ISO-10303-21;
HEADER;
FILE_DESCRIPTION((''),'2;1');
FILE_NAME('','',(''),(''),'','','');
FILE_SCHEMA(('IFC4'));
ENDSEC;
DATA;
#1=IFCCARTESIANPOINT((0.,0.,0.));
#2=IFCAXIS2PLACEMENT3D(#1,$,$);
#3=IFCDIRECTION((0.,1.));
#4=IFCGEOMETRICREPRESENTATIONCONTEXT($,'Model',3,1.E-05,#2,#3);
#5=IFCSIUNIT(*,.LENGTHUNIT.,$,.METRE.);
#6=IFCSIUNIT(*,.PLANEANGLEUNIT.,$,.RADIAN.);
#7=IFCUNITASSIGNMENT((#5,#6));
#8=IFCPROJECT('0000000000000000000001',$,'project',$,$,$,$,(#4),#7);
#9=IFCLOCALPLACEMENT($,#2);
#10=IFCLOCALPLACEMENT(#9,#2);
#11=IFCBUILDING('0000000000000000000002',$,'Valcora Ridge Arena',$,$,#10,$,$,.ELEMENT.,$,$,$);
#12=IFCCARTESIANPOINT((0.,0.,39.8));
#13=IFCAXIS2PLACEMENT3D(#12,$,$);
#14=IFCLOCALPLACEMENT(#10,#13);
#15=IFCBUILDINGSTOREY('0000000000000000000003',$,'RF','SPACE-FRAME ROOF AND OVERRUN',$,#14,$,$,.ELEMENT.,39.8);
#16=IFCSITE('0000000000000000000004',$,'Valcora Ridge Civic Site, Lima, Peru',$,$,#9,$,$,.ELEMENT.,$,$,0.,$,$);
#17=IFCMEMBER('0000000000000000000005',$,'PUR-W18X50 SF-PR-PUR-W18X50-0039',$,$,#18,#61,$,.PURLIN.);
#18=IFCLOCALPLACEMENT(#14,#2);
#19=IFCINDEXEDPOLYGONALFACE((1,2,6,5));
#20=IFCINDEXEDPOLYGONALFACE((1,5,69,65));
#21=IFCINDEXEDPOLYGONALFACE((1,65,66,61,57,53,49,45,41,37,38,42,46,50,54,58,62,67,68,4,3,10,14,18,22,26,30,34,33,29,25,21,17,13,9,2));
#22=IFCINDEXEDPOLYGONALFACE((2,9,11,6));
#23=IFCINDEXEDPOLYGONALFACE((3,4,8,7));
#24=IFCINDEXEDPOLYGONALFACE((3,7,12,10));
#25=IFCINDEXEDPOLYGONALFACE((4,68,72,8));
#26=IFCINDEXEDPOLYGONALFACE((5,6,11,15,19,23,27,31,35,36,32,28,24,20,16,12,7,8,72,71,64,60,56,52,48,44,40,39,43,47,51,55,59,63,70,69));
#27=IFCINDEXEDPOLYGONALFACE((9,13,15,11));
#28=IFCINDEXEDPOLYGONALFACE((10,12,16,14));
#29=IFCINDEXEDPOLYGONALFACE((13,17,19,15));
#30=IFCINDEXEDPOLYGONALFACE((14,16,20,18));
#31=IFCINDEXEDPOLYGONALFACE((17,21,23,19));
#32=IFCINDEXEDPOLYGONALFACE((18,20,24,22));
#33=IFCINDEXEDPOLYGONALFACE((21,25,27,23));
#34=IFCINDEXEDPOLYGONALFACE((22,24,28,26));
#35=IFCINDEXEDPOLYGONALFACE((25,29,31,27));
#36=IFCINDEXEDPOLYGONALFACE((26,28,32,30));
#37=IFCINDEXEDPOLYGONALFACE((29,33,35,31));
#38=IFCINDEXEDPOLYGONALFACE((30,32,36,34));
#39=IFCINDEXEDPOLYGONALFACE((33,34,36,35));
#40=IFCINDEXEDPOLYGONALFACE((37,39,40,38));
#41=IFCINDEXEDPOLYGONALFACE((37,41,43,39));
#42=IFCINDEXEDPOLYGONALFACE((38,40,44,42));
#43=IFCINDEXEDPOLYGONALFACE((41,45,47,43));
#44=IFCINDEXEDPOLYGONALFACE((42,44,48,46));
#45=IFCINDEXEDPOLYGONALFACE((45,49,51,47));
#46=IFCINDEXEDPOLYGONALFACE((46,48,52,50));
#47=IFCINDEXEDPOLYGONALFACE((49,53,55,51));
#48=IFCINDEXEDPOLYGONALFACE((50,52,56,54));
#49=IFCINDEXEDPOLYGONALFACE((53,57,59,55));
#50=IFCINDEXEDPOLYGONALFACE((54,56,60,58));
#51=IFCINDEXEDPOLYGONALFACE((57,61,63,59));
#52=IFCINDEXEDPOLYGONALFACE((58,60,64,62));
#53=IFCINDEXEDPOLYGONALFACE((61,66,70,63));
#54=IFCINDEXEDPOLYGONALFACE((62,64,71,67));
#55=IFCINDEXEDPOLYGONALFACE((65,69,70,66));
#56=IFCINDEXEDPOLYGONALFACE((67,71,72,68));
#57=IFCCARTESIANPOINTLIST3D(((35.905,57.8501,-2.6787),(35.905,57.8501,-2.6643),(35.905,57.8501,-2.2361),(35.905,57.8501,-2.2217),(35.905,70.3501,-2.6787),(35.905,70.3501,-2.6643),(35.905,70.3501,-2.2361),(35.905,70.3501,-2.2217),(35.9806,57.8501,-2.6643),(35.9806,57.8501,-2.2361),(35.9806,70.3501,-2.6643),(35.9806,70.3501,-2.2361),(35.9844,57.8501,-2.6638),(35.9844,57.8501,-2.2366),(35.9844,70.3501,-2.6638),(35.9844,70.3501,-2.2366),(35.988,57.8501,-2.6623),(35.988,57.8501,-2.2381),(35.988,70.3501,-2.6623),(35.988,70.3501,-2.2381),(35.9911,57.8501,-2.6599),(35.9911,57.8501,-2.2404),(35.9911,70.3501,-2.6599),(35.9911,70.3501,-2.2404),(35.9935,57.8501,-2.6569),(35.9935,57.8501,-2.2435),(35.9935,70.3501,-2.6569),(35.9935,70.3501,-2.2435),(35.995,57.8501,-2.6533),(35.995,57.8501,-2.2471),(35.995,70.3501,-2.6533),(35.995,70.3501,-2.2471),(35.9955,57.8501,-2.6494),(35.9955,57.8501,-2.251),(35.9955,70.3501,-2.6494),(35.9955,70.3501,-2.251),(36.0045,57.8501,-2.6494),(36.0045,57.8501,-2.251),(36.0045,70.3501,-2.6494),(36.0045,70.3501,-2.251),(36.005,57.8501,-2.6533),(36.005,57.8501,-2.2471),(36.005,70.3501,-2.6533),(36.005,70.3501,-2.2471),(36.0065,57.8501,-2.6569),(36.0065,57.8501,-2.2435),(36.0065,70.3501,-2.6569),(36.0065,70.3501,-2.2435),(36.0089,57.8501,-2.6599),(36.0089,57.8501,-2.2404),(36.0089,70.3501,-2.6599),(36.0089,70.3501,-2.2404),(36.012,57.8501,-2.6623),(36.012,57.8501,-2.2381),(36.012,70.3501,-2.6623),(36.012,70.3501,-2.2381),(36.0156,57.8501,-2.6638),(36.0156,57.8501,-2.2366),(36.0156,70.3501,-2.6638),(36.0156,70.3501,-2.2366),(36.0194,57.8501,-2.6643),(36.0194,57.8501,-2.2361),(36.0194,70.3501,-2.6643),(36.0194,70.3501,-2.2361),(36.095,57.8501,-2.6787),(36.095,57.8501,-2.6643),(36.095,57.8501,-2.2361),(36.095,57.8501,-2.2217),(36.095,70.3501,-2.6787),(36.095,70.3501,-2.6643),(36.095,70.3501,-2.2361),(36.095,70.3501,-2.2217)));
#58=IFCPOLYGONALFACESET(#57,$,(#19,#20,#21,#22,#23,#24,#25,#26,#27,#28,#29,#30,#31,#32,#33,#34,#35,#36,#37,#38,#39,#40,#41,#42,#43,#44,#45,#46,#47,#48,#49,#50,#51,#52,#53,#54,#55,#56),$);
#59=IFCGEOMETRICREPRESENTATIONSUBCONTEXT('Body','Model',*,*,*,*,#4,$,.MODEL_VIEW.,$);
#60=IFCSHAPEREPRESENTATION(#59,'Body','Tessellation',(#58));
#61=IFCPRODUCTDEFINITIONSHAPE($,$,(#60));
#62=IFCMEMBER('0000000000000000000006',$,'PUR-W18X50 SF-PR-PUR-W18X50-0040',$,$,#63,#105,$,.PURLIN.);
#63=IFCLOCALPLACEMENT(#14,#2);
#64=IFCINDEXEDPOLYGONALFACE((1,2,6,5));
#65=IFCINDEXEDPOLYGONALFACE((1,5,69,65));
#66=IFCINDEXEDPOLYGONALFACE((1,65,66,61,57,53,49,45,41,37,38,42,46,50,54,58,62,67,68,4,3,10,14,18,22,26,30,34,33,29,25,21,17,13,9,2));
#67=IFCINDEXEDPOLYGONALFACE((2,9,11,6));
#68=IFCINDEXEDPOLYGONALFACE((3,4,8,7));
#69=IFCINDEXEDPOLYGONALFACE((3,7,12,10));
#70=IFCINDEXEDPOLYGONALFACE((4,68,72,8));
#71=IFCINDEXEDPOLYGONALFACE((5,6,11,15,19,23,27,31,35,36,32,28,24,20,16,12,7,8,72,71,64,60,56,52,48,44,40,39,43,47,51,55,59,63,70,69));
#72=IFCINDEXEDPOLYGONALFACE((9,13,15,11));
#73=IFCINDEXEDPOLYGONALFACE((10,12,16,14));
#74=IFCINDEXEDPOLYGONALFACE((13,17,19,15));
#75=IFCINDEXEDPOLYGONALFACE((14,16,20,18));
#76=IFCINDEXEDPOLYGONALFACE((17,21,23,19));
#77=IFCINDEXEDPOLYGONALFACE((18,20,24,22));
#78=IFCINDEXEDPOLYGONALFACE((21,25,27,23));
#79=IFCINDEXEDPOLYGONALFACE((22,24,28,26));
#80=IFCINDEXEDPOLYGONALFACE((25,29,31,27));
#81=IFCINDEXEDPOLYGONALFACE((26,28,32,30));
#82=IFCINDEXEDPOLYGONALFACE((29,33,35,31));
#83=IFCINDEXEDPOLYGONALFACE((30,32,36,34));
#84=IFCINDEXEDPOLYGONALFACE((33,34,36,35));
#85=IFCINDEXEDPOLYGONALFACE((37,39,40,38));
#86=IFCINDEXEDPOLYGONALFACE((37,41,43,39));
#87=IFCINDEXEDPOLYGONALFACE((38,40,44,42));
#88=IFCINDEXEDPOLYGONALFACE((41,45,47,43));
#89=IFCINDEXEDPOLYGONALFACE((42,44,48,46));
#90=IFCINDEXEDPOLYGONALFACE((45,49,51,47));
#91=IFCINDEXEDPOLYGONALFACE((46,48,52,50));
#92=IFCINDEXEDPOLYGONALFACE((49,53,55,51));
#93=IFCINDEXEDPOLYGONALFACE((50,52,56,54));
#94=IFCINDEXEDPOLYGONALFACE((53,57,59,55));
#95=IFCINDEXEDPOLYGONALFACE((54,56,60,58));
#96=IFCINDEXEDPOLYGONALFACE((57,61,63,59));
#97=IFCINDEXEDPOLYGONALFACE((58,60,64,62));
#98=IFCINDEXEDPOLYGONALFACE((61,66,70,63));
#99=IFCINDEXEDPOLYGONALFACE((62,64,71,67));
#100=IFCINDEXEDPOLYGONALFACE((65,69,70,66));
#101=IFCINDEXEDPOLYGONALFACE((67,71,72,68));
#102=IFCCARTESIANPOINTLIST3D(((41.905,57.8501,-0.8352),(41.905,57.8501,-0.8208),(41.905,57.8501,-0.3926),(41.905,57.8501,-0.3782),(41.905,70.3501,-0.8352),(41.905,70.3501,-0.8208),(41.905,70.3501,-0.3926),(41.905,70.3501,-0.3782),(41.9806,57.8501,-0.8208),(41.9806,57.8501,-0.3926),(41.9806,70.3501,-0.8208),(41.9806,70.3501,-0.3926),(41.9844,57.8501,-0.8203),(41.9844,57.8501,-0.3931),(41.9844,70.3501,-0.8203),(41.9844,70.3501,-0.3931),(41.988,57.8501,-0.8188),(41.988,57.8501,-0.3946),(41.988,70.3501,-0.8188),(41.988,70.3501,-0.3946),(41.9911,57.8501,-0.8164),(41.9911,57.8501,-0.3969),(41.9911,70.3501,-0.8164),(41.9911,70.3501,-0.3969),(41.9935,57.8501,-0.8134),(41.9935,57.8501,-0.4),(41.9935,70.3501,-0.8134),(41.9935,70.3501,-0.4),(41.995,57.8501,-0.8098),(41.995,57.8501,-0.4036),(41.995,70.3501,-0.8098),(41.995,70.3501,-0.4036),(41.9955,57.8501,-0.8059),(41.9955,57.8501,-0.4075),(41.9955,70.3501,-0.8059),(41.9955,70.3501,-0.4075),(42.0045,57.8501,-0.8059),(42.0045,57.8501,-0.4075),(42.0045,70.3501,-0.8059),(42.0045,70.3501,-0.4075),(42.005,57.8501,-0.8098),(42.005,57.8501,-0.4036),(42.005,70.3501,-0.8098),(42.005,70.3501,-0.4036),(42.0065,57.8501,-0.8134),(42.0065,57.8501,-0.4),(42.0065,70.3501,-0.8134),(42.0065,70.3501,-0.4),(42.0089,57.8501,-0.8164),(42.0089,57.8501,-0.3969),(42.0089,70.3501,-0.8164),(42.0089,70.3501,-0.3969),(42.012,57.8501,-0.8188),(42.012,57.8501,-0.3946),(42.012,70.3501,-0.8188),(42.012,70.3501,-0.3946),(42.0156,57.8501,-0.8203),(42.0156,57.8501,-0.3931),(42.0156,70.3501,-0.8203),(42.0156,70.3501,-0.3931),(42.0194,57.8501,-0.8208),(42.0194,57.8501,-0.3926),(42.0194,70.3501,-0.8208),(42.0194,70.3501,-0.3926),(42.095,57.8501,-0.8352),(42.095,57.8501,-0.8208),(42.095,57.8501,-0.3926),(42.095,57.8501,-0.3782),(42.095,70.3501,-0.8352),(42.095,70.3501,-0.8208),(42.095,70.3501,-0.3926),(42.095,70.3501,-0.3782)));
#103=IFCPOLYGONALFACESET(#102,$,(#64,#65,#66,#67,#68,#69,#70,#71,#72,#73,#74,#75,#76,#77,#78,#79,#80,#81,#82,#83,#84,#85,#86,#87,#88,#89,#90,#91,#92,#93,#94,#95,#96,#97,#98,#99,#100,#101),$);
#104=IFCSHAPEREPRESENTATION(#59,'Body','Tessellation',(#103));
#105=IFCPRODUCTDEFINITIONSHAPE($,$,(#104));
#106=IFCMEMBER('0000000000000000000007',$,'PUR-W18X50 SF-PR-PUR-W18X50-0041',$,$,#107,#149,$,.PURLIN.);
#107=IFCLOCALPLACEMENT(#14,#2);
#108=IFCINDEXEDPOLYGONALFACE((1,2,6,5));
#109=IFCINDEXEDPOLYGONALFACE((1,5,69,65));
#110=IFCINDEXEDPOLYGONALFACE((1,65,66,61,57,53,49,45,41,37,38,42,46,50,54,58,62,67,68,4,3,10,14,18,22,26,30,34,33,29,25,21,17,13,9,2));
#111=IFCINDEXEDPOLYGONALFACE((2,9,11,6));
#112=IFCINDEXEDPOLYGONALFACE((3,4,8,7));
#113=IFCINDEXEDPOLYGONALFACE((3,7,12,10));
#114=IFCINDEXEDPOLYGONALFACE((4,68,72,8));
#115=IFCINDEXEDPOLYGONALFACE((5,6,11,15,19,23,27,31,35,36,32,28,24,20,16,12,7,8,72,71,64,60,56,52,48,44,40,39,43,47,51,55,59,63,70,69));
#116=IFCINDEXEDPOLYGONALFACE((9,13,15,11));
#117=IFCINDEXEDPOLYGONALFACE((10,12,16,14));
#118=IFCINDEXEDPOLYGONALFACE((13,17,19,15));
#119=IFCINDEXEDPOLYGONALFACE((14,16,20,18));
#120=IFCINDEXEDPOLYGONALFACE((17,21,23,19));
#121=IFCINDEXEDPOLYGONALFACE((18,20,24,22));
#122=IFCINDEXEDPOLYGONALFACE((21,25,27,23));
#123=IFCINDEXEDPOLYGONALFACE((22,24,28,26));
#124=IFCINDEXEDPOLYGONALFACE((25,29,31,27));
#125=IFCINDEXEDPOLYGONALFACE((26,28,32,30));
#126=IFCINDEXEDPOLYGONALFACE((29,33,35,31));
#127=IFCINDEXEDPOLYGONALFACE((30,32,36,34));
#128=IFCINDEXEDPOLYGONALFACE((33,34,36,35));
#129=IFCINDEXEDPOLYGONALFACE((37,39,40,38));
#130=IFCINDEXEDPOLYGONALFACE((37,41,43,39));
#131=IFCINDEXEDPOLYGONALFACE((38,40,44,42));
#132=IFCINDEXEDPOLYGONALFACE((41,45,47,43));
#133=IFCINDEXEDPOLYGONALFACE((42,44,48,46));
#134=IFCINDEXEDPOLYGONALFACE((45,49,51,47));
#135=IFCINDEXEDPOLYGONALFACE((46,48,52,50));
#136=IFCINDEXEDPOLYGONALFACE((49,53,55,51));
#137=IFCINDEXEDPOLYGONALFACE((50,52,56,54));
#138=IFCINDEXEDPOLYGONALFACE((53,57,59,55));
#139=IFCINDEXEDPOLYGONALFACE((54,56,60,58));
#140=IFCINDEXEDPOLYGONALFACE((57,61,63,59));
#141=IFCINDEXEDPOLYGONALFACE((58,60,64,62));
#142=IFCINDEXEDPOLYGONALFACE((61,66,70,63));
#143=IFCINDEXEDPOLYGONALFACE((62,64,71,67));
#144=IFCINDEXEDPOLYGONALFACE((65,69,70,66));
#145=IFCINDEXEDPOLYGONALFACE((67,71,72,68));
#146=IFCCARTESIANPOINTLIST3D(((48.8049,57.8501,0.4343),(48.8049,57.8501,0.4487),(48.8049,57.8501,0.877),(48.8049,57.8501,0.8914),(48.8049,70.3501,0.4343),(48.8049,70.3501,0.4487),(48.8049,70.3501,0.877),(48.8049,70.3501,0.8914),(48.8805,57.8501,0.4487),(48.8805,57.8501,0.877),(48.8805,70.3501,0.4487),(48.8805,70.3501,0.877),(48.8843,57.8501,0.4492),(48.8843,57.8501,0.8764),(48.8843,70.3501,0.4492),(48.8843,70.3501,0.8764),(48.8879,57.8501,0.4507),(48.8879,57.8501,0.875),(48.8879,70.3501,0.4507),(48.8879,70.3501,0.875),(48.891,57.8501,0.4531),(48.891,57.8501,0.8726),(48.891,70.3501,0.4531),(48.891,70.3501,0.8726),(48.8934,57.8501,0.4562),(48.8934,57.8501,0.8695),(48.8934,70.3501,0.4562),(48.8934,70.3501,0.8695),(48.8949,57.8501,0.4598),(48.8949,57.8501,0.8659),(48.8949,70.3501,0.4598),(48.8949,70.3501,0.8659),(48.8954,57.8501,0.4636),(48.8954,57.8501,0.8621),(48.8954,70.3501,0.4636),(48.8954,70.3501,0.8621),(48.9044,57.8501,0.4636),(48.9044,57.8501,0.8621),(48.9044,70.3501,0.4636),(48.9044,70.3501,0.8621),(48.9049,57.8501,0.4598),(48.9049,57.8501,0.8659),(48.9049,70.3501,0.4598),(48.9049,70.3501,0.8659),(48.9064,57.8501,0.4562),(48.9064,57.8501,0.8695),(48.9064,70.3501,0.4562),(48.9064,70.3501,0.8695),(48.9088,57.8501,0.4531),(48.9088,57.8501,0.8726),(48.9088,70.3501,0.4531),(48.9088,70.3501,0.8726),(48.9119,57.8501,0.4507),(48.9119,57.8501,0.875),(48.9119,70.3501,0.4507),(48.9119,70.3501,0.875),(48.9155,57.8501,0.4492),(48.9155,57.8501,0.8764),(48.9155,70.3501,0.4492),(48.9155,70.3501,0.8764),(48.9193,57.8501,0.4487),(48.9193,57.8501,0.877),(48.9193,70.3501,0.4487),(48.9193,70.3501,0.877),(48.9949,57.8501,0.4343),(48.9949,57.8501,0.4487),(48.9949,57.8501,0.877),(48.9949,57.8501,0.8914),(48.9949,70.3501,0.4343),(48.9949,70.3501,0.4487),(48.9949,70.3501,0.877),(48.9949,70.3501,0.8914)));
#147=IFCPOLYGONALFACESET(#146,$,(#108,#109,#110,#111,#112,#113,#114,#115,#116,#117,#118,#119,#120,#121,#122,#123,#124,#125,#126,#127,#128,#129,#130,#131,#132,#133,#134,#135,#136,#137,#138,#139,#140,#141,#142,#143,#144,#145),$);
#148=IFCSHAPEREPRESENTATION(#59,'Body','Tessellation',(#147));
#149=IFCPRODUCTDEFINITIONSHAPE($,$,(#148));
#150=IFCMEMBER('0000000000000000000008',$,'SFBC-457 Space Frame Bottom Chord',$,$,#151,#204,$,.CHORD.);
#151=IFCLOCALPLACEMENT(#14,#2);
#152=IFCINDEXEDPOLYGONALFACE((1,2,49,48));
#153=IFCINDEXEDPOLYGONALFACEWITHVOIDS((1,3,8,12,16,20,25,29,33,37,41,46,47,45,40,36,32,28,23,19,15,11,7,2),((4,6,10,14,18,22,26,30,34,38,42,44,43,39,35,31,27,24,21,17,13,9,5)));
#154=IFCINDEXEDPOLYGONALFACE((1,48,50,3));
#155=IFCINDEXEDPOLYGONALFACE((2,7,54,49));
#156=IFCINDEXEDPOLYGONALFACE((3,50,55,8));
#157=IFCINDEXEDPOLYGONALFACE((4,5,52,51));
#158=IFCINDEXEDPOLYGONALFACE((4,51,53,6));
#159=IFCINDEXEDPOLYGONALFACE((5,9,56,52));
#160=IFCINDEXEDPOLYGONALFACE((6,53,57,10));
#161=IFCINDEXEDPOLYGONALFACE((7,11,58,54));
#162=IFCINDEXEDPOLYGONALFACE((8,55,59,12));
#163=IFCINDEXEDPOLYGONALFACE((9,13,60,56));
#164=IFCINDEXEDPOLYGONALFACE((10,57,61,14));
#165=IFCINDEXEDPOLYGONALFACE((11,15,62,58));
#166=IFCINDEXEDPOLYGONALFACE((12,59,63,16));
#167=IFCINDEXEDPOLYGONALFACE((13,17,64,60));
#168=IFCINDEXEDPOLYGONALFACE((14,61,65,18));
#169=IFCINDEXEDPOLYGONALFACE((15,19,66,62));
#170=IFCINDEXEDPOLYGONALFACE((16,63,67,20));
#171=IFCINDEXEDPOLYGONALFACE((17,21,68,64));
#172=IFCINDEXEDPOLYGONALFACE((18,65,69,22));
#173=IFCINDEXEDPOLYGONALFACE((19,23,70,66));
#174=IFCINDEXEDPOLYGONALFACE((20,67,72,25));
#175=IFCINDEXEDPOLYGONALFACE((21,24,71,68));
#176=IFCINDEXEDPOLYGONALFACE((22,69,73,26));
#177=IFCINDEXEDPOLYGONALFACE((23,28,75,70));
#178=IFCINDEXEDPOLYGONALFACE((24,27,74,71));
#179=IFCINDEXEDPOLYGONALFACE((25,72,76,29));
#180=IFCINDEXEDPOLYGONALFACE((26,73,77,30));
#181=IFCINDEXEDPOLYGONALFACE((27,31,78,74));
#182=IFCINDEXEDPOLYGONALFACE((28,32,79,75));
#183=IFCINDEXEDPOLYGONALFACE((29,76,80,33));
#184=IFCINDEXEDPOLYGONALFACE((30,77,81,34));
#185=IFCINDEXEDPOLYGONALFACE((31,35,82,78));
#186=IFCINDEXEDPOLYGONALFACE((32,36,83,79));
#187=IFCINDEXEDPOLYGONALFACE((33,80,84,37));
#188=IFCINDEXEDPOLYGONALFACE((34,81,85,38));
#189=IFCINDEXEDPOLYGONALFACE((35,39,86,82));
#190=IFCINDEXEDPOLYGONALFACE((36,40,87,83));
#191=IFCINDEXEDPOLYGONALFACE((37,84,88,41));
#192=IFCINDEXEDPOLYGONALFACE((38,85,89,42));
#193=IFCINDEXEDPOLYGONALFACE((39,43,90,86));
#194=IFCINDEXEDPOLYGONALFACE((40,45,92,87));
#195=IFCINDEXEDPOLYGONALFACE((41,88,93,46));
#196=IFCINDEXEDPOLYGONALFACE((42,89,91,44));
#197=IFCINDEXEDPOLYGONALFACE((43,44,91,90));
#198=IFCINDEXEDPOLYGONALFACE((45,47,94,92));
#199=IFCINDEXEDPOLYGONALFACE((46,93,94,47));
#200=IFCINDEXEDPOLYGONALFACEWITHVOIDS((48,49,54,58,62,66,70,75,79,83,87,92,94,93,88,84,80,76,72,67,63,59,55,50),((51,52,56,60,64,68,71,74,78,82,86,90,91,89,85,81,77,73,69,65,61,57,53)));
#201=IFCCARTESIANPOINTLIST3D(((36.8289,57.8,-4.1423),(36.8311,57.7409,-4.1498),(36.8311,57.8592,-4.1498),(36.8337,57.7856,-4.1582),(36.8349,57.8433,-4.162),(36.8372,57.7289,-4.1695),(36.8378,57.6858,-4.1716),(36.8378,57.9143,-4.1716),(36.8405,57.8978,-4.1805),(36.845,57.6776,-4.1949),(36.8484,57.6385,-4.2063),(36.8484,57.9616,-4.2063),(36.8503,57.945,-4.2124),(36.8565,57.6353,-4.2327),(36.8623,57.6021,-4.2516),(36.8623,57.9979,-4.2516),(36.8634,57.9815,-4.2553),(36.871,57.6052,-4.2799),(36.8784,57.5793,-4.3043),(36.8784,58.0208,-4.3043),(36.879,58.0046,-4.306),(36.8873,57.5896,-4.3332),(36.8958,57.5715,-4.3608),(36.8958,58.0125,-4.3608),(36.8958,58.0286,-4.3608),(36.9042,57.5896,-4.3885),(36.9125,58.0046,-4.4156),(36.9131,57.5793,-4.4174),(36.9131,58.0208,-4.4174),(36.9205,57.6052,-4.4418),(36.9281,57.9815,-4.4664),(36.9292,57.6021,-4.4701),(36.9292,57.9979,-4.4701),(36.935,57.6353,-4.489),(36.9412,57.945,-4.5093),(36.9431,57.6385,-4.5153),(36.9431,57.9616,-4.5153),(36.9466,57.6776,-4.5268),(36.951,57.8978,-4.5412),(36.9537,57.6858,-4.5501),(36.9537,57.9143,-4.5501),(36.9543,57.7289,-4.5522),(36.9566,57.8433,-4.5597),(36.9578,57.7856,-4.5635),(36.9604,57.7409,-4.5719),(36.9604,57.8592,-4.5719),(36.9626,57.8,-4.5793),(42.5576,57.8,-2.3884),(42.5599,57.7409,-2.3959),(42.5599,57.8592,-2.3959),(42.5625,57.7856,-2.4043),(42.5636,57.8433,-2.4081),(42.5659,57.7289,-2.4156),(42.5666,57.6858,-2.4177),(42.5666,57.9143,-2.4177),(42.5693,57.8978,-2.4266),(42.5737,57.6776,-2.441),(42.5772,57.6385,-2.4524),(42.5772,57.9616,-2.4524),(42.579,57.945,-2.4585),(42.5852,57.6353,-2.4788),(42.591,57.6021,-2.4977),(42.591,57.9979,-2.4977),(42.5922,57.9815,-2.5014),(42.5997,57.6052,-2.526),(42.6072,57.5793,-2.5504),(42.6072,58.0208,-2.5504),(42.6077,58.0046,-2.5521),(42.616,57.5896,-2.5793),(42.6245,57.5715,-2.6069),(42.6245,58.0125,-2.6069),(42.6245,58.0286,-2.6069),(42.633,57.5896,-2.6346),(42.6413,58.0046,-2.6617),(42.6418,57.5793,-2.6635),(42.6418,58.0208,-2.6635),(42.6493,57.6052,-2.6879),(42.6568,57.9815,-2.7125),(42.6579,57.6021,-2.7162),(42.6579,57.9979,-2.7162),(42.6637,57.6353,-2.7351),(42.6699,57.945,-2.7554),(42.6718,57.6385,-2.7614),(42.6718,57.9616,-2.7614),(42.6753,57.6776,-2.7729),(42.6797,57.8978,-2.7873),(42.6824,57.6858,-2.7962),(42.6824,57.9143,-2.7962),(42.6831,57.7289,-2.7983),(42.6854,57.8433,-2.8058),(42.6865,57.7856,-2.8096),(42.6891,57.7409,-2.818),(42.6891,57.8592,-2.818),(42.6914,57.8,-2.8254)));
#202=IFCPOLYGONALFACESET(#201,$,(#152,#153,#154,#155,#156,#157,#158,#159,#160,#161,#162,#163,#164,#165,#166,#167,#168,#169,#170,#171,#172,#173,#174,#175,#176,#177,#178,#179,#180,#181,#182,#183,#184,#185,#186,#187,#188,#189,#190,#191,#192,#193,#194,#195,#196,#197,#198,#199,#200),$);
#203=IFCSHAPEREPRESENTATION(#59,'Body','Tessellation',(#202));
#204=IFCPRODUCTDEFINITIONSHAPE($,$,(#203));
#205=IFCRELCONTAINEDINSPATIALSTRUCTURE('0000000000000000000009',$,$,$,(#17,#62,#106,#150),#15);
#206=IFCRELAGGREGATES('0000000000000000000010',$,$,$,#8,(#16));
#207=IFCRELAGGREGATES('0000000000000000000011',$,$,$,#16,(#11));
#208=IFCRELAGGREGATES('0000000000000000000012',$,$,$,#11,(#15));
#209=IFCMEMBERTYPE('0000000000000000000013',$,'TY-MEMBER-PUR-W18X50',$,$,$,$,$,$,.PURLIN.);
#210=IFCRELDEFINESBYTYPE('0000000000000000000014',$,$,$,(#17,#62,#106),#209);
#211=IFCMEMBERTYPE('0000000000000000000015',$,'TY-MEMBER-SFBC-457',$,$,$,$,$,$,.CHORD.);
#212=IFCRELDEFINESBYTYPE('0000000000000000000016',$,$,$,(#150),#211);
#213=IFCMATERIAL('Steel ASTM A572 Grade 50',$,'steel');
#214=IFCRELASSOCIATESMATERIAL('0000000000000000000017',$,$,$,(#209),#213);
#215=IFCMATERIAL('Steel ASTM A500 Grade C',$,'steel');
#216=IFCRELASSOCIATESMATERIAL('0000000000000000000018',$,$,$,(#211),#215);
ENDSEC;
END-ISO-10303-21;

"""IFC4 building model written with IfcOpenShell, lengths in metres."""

from ifc_helpers import new_model, si_unit, direction, frame, origin, origin_2d, place, context, subcontext, project, spatial, hollow_circle, i_section, extrude, material, material_profile, profile_set, type_object, element, save


model = new_model("IFC4")

# Units and contexts
model_context = context("Model", 3, precision=1e-05, world=origin(), true_north=direction((0.0, 1.0)))
body_context = subcontext(model_context, "Body", "Model", "MODEL_VIEW")
ifc_project = project(units=[si_unit("LENGTHUNIT", "METRE"), si_unit("PLANEANGLEUNIT", "RADIAN")], contexts=[model_context])

# Site, building, storey
site_placement = place(None, origin())
site = spatial("IfcSite", under=ifc_project, at=site_placement, Name="Valcora Ridge Civic Site, Lima, Peru", CompositionType="ELEMENT", RefElevation=0.0)
building_placement = place(site_placement, origin())
building = spatial("IfcBuilding", under=site, at=building_placement, Name="Valcora Ridge Arena", CompositionType="ELEMENT")
storey_placement = place(building_placement, frame((0.0, 0.0, 39.8)))
storey = spatial("IfcBuildingStorey", under=building, at=storey_placement, Name="RF", Description="SPACE-FRAME ROOF AND OVERRUN", CompositionType="ELEMENT", Elevation=39.8)

# Members
ifc_material_1 = material(Name="Steel ASTM A572 Grade 50", Category="steel")
ifc_material_profile_1 = material_profile(ifc_material_1, i_section(OverallWidth=0.1899, OverallDepth=0.457, WebThickness=0.009, FlangeThickness=0.0144, FilletRadius=0.0149, at=origin_2d()), Name="W18X50")
ifc_profile_set_1 = profile_set([ifc_material_profile_1], Name="Steel ASTM A572 Grade 50")
member_type_1 = type_object("IfcMemberType", Name="TY-MEMBER-PUR-W18X50", PredefinedType="PURLIN", material=ifc_profile_set_1)
for number, where, z_axis, x_axis, name in (
    (1, (36.0, 57.8501, -2.4502), (0.0, 1.0, 0.0), (-1.0, 0.0, 0.0), "PUR-W18X50 SF-PR-PUR-W18X50-0039"),
    (2, (42.0, 57.8501, -0.6067), (0.0, 1.0, 0.0), (-1.0, 0.0, 0.0), "PUR-W18X50 SF-PR-PUR-W18X50-0040"),
    (3, (48.8999, 57.8501, 0.6628), (0.0, 1.0, 0.0), (-1.0, 0.0, 0.0), "PUR-W18X50 SF-PR-PUR-W18X50-0041"),
):
    element("IfcMember", number, at=place(storey_placement, frame(where, z_axis=z_axis, x_axis=x_axis)), inside=storey, type_object=member_type_1, Name=name, PredefinedType="PURLIN", context=body_context, shape_type="SweptSolid", body=[
        extrude(i_section(OverallWidth=0.1899, OverallDepth=0.457, WebThickness=0.009, FlangeThickness=0.0144, FilletRadius=0.0149, at=origin_2d()), origin(), (0.0, 0.0, 1.0), 12.5),
    ])
ifc_material_2 = material(Name="Steel ASTM A500 Grade C", Category="steel")
ifc_material_profile_2 = material_profile(ifc_material_2, hollow_circle(Radius=0.2285, WallThickness=0.0161, at=origin_2d()), Name="CHS457X16")
ifc_profile_set_2 = profile_set([ifc_material_profile_2], Name="Steel ASTM A500 Grade C")
member_type_2 = type_object("IfcMemberType", Name="TY-MEMBER-SFBC-457", PredefinedType="CHORD", material=ifc_profile_set_2)
member_1_placement = place(storey_placement, frame((36.8958, 57.8, -4.3608), z_axis=(0.95619, 0.0, 0.292745), x_axis=(0.0, 1.0, 0.0)))
element("IfcMember", 4, at=member_1_placement, inside=storey, type_object=member_type_2, Name="SFBC-457 Space Frame Bottom Chord", PredefinedType="CHORD", context=body_context, shape_type="SweptSolid", body=[
    extrude(hollow_circle(Radius=0.2285, WallThickness=0.0161, at=origin_2d()), origin(), (0.0, 0.0, 1.0), 5.9912),
])

save(model, "model.ifc")
